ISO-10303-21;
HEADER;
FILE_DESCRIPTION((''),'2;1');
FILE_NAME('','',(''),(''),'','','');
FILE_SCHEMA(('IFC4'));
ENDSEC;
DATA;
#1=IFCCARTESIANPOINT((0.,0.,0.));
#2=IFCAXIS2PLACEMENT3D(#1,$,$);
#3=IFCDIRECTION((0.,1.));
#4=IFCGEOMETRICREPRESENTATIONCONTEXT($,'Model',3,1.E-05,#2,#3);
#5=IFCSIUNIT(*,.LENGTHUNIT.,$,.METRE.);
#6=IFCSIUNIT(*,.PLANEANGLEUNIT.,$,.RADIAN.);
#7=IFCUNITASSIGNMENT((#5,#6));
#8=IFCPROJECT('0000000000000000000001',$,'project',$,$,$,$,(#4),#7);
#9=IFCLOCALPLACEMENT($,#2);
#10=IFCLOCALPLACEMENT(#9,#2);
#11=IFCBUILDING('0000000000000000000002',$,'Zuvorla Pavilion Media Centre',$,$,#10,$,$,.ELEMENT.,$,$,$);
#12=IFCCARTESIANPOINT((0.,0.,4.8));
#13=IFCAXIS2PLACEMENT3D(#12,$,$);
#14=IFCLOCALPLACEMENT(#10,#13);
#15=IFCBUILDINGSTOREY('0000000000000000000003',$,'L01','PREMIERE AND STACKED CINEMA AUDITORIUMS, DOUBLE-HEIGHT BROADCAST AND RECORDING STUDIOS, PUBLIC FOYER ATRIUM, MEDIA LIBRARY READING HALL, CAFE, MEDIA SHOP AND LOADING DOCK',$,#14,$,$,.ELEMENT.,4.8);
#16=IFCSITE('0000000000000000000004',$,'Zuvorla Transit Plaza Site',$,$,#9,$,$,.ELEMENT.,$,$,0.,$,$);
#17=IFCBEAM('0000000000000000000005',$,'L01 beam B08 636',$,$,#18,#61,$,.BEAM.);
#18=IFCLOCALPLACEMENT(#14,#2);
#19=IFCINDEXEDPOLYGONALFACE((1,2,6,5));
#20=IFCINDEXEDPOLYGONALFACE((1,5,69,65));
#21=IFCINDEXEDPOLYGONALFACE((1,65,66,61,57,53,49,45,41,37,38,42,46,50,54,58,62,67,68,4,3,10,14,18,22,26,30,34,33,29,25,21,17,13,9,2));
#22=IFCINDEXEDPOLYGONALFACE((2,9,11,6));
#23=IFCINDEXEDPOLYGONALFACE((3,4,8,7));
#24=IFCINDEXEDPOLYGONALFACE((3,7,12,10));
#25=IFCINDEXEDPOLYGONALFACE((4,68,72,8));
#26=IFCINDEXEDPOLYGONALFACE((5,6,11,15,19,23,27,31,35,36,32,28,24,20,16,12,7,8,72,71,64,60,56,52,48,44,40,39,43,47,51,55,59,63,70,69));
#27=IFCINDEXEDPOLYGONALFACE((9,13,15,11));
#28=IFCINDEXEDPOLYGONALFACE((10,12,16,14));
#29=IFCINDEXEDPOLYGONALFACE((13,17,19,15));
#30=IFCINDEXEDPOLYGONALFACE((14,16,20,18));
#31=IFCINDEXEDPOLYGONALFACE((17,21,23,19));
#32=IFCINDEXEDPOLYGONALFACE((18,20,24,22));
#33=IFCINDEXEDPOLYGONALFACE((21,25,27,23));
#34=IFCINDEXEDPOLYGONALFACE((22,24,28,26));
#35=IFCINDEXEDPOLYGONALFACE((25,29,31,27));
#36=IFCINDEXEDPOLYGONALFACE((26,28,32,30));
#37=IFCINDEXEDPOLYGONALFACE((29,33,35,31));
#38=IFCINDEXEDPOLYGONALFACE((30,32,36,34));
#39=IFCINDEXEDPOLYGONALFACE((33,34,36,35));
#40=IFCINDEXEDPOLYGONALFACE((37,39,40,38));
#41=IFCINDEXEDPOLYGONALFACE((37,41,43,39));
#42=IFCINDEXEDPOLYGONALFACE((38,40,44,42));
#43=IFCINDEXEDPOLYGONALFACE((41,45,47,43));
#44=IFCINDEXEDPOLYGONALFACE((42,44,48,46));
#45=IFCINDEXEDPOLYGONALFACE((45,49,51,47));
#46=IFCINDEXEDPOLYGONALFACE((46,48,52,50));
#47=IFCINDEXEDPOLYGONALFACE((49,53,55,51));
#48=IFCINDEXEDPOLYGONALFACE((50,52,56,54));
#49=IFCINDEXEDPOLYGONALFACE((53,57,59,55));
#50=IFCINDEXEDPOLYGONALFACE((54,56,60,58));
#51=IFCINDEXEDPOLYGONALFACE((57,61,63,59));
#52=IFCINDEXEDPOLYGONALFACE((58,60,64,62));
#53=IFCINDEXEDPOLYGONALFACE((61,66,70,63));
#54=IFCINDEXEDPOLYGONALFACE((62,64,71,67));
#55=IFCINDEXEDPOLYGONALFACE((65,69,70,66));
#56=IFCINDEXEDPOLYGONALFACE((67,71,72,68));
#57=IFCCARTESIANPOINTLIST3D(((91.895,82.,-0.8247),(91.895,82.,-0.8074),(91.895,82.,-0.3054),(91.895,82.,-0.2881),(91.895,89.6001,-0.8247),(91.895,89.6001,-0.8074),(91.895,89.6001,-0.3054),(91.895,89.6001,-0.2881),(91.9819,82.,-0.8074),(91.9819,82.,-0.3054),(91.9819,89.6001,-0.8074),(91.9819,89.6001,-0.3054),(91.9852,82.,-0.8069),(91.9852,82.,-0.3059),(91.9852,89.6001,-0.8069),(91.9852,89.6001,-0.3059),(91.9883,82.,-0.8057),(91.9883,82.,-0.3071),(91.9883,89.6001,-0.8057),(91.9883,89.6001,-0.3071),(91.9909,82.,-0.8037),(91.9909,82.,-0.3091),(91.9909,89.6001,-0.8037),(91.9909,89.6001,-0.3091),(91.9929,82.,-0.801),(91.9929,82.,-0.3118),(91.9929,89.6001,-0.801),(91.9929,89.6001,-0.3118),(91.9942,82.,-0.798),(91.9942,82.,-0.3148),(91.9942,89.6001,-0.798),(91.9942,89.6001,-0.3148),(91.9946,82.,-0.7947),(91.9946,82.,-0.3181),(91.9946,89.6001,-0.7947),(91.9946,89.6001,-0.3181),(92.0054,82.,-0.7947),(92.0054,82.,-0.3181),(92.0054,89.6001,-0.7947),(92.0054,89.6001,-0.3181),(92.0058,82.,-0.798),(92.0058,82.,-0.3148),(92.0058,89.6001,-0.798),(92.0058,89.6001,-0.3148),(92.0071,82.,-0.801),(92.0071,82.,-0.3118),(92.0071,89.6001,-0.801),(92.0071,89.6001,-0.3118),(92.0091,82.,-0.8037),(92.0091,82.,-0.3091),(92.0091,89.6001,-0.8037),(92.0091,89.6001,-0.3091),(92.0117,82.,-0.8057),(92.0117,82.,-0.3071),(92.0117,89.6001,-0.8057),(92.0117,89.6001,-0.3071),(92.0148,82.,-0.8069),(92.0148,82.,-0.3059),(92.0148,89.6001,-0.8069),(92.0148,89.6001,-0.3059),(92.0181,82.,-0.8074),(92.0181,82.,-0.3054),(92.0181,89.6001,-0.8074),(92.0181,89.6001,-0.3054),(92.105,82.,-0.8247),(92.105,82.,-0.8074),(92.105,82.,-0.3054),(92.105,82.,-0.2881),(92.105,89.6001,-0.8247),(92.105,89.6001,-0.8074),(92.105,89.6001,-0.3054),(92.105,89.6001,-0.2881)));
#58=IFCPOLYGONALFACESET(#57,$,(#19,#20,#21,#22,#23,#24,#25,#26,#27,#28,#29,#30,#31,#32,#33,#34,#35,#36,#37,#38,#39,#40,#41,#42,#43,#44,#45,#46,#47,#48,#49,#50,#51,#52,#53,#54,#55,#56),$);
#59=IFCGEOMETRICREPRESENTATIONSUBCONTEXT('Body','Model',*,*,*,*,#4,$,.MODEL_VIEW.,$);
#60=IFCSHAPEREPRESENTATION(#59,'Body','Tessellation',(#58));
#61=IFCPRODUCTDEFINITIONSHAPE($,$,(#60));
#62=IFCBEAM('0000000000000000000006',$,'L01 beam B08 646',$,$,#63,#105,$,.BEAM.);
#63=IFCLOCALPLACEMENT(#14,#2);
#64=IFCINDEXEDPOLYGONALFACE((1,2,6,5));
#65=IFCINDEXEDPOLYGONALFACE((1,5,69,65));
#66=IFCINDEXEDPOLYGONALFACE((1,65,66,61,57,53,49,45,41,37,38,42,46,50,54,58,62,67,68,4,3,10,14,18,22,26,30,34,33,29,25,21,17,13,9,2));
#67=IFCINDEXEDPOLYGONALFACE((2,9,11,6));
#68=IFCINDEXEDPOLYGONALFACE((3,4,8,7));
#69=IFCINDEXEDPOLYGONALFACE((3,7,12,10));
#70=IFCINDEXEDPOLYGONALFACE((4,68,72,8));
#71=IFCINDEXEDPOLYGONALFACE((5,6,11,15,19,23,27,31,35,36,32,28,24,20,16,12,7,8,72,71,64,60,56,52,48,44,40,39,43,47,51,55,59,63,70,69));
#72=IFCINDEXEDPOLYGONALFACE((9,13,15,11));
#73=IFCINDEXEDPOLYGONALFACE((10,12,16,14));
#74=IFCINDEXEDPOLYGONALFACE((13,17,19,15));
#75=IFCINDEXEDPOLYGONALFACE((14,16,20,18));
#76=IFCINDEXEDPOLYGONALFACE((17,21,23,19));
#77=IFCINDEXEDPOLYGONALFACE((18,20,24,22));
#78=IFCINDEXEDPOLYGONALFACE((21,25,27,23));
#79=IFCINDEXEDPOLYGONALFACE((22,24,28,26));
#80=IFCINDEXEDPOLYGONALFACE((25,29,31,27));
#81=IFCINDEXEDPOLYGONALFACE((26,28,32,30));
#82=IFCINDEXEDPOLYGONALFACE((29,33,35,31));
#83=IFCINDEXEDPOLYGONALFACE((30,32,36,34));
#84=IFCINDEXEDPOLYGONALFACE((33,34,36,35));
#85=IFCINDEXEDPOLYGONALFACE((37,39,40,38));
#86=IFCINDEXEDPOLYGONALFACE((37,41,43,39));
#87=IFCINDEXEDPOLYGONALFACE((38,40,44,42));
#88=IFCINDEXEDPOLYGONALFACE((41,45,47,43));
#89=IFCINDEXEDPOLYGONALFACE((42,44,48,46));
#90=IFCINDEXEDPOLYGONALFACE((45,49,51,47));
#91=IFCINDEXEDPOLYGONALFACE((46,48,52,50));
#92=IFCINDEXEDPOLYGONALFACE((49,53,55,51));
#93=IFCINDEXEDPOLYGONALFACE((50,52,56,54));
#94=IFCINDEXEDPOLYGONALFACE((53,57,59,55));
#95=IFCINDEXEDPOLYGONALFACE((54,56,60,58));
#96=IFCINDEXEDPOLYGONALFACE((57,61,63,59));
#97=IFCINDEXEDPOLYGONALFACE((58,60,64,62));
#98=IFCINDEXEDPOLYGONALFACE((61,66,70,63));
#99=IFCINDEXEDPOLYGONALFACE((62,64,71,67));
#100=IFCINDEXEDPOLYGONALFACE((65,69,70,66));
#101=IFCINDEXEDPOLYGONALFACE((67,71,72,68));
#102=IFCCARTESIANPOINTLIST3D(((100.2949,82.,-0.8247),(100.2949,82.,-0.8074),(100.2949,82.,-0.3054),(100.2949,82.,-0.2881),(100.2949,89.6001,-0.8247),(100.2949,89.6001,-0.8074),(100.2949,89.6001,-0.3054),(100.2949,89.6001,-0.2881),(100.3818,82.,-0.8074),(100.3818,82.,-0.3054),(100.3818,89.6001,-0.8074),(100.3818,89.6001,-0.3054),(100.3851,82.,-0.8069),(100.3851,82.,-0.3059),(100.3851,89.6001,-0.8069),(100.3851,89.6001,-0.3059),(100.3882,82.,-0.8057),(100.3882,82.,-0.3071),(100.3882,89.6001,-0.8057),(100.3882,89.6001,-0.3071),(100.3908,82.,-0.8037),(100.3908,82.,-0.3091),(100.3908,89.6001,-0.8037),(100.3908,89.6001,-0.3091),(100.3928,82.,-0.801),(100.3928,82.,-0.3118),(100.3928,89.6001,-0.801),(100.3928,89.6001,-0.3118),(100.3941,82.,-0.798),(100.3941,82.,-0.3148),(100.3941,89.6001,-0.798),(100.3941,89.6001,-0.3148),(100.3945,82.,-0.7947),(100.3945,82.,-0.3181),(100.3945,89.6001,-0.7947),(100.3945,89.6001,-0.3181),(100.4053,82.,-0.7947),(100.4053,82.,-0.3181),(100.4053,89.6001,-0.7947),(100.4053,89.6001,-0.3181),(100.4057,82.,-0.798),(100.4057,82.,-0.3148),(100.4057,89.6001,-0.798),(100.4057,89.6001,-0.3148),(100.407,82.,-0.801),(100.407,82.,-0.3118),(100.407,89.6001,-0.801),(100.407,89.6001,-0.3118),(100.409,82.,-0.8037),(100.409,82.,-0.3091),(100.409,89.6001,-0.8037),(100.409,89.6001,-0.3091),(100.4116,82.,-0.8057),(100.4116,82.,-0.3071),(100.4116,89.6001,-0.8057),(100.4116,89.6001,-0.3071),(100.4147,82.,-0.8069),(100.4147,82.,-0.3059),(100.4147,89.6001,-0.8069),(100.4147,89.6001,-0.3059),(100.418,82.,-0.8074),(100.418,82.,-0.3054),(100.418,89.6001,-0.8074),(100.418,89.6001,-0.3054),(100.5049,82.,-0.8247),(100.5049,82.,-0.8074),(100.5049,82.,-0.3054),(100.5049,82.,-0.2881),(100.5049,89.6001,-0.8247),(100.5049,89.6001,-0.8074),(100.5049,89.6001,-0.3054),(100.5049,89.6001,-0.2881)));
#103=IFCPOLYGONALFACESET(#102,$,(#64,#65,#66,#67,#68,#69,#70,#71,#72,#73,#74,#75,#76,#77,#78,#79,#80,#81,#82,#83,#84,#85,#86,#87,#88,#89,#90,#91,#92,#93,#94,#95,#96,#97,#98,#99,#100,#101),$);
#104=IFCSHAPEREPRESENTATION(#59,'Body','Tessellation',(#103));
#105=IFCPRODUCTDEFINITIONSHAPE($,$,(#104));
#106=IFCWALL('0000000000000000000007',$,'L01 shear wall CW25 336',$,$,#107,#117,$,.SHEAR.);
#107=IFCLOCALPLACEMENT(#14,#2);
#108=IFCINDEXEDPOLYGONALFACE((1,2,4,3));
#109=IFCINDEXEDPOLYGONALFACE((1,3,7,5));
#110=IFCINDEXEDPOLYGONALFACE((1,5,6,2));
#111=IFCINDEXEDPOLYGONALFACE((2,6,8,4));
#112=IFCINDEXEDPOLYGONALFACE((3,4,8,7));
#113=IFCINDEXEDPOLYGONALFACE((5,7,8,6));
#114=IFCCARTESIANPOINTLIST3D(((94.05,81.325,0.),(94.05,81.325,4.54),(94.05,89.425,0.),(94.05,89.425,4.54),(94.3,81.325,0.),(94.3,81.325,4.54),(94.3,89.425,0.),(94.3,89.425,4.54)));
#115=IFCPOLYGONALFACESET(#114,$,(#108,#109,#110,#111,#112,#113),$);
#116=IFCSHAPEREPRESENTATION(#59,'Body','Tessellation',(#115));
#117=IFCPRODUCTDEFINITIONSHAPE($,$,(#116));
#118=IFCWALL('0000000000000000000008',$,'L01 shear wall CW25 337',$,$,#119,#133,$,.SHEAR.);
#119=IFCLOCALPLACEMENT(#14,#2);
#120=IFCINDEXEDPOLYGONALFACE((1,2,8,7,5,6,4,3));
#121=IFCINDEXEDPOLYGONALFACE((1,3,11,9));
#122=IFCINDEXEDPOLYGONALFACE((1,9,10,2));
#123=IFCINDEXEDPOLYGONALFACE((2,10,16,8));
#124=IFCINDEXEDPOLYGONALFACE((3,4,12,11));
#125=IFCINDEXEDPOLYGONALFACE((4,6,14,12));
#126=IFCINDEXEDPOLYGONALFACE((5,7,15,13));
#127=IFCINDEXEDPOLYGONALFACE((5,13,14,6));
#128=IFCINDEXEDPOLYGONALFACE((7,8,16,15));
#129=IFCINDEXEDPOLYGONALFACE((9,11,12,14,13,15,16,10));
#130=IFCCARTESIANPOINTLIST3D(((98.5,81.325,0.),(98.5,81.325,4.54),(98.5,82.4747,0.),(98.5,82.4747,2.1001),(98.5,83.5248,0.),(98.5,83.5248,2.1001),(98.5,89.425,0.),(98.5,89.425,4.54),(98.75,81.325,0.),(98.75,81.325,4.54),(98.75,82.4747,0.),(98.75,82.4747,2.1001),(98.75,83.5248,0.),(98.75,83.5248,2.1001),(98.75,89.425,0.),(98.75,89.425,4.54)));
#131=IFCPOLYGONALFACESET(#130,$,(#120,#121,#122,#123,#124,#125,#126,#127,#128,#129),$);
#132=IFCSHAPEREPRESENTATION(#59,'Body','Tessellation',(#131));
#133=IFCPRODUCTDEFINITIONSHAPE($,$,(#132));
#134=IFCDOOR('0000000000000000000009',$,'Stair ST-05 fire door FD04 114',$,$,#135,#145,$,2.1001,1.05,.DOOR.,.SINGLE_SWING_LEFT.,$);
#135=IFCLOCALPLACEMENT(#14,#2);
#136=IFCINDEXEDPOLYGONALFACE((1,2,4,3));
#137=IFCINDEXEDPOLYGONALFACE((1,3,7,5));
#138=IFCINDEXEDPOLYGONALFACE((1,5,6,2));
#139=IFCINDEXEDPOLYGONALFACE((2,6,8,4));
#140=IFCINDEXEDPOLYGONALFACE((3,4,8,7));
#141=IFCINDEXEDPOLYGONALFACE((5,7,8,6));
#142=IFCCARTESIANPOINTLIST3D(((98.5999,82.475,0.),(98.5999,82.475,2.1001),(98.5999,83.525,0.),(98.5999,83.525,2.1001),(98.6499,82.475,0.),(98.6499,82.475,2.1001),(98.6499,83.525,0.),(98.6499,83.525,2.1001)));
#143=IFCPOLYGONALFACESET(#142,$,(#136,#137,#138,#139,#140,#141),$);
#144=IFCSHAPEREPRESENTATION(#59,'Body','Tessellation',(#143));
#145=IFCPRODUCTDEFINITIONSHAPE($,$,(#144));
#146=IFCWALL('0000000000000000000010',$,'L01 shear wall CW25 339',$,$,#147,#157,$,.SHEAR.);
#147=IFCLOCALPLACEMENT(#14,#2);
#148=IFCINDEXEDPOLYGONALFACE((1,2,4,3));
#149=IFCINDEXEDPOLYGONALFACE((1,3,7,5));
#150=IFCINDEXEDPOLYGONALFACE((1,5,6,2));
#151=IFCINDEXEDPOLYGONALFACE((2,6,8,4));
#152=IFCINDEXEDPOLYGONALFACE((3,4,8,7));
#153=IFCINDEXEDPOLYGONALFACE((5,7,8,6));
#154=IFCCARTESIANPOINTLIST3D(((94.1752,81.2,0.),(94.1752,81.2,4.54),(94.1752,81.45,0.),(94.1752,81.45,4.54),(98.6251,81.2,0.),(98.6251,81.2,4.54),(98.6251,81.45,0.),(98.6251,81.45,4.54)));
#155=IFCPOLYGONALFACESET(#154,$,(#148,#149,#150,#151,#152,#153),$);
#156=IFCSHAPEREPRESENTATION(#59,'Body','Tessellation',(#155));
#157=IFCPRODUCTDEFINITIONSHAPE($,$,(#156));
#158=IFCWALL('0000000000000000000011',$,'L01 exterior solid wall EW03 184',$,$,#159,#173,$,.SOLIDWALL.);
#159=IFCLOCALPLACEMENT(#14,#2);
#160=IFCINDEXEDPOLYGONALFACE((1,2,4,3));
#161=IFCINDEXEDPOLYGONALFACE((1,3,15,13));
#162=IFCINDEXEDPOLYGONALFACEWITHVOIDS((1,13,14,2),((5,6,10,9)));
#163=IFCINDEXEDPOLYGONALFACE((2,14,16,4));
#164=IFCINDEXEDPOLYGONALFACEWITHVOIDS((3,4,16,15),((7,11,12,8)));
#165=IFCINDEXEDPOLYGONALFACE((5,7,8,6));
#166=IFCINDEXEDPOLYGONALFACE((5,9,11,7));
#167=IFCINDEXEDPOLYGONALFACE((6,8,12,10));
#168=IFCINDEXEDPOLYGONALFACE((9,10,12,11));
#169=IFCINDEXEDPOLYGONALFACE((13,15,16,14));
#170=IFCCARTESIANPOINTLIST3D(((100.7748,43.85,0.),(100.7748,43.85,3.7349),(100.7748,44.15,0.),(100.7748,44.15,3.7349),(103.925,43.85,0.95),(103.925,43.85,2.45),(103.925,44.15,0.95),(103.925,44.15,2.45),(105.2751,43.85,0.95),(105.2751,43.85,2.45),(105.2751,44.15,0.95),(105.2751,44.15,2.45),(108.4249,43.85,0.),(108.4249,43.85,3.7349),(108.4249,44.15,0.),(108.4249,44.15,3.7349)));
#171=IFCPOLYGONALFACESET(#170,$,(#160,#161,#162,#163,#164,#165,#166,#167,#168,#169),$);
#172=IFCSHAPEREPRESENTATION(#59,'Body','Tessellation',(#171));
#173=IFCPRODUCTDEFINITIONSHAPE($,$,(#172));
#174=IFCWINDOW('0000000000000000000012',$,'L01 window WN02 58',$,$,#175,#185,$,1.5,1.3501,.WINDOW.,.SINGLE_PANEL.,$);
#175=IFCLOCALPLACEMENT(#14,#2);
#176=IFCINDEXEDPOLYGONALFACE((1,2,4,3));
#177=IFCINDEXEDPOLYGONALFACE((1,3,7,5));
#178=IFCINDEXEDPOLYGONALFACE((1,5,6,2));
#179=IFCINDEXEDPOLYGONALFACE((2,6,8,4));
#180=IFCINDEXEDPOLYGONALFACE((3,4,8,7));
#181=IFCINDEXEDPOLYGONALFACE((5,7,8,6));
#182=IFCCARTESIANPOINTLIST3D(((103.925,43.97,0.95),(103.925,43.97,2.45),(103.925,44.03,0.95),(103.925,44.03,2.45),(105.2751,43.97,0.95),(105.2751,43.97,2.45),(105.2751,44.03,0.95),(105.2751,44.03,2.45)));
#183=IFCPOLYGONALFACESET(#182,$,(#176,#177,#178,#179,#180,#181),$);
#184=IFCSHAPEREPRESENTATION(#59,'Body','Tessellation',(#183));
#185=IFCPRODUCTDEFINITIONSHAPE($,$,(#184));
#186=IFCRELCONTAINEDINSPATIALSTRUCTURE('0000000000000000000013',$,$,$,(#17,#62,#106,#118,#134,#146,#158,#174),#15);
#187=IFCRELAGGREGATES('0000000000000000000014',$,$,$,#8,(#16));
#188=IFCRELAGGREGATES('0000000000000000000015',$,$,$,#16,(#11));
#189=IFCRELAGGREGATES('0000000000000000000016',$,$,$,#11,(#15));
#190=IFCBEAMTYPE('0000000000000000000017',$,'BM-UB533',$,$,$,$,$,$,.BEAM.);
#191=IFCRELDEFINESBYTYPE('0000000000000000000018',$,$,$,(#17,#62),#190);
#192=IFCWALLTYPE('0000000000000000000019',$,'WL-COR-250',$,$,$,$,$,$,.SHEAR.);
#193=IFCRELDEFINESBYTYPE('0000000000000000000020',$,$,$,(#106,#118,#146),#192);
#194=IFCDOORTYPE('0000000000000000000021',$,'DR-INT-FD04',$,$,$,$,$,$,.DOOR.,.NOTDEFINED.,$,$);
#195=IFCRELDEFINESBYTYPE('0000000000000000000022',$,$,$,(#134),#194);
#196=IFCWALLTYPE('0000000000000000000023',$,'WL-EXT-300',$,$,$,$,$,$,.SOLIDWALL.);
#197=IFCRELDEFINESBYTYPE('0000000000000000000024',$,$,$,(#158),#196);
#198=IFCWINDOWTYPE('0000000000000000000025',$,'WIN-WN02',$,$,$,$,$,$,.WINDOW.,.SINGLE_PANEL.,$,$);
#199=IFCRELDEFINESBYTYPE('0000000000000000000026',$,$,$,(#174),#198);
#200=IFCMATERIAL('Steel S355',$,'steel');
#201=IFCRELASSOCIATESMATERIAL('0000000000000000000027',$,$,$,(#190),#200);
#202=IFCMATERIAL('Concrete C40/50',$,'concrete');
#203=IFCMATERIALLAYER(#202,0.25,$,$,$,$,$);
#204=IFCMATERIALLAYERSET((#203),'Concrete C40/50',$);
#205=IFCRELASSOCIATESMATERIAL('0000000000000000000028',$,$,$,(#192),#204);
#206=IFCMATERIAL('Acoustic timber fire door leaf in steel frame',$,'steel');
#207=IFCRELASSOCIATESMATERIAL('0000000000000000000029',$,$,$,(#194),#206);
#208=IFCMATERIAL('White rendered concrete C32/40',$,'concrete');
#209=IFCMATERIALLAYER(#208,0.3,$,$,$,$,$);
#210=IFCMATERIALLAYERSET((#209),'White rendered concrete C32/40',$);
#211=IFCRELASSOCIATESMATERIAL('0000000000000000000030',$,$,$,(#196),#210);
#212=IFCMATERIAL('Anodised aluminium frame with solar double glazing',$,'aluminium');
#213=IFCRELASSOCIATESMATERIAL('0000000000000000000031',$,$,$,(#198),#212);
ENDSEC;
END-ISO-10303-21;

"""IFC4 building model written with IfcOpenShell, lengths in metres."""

from ifc_helpers import new_model, si_unit, direction, frame, frame_2d, origin, origin_2d, place, context, subcontext, project, spatial, rectangle, i_section, extrude, material, layer, layer_set, material_profile, profile_set, type_object, element, fill, save


model = new_model("IFC4")

# Units and contexts
model_context = context("Model", 3, precision=1e-05, world=origin(), true_north=direction((0.0, 1.0)))
body_context = subcontext(model_context, "Body", "Model", "MODEL_VIEW")
ifc_project = project(units=[si_unit("LENGTHUNIT", "METRE"), si_unit("PLANEANGLEUNIT", "RADIAN")], contexts=[model_context])

# Site, building, storey
site_placement = place(None, origin())
site = spatial("IfcSite", under=ifc_project, at=site_placement, Name="Zuvorla Transit Plaza Site", CompositionType="ELEMENT", RefElevation=0.0)
building_placement = place(site_placement, origin())
building = spatial("IfcBuilding", under=site, at=building_placement, Name="Zuvorla Pavilion Media Centre", CompositionType="ELEMENT")
storey_placement = place(building_placement, frame((0.0, 0.0, 4.8)))
storey = spatial("IfcBuildingStorey", under=building, at=storey_placement, Name="L01", Description="PREMIERE AND STACKED CINEMA AUDITORIUMS, DOUBLE-HEIGHT BROADCAST AND RECORDING STUDIOS, PUBLIC FOYER ATRIUM, MEDIA LIBRARY READING HALL, CAFE, MEDIA SHOP AND LOADING DOCK", CompositionType="ELEMENT", Elevation=4.8)

# Shared definitions
ifc_material_1 = material(Name="Concrete C40/50", Category="concrete")

# Beams
ifc_material_2 = material(Name="Steel S355", Category="steel")
ifc_material_profile_1 = material_profile(ifc_material_2, i_section(OverallWidth=0.21, OverallDepth=0.5366, WebThickness=0.0107, FlangeThickness=0.0173, FilletRadius=0.0127, at=origin_2d()), Name="UB 533x210x101")
ifc_profile_set_1 = profile_set([ifc_material_profile_1], Name="Steel S355")
beam_type_1 = type_object("IfcBeamType", Name="BM-UB533", PredefinedType="BEAM", material=ifc_profile_set_1)
for number, where, z_axis, x_axis, name in (
    (1, (92.0, 82.0, -0.5564), (0.0, 1.0, 0.0), (-1.0, 0.0, 0.0), "L01 beam B08 636"),
    (2, (100.3999, 82.0, -0.5564), (0.0, 1.0, 0.0), (-1.0, 0.0, 0.0), "L01 beam B08 646"),
):
    element("IfcBeam", number, at=place(storey_placement, frame(where, z_axis=z_axis, x_axis=x_axis)), inside=storey, type_object=beam_type_1, Name=name, PredefinedType="BEAM", context=body_context, shape_type="SweptSolid", body=[
        extrude(i_section(OverallWidth=0.21, OverallDepth=0.5366, WebThickness=0.0107, FlangeThickness=0.0173, FilletRadius=0.0127, at=origin_2d()), origin(), (0.0, 0.0, 1.0), 7.6001),
    ])

# Wall
ifc_layer_1 = layer(ifc_material_1, 0.25)
ifc_layer_set_1 = layer_set([ifc_layer_1], Name="Concrete C40/50")
wall_type_1 = type_object("IfcWallType", Name="WL-COR-250", PredefinedType="SHEAR", material=ifc_layer_set_1)
wall_1_placement = place(storey_placement, frame((94.175, 81.325, 0.0), z_axis=(0.0, 0.0, 1.0), x_axis=(0.0, 1.0, 0.0)))
element("IfcWall", 3, at=wall_1_placement, inside=storey, type_object=wall_type_1, Name="L01 shear wall CW25 336", PredefinedType="SHEAR", context=body_context, shape_type="SweptSolid", body=[
    extrude(rectangle(XDim=8.1001, YDim=0.25, at=frame_2d((4.05, 0.0))), origin(), (0.0, 0.0, 1.0), 4.54),
])

# Wall, opening, door
wall_2_placement = place(storey_placement, frame((98.625, 81.325, 0.0), z_axis=(0.0, 0.0, 1.0), x_axis=(0.0, 1.0, 0.0)))
wall_2 = element("IfcWall", 4, at=wall_2_placement, inside=storey, type_object=wall_type_1, Name="L01 shear wall CW25 337", PredefinedType="SHEAR", context=body_context, shape_type="SweptSolid", body=[
    extrude(rectangle(XDim=8.1001, YDim=0.25, at=frame_2d((4.05, 0.0))), origin(), (0.0, 0.0, 1.0), 4.54),
])
opening_1_placement = place(wall_2_placement, frame((1.1499, 0.0, 0.0)))
opening_1 = element("IfcOpeningElement", 5, at=opening_1_placement, cuts=wall_2, PredefinedType="OPENING", context=body_context, shape_type="SweptSolid", body=[
    extrude(rectangle(XDim=1.05, YDim=2.1001, at=frame_2d((0.5249, 1.05))), frame((0.0, 0.135, 0.0), z_axis=(0.0, -1.0, 0.0), x_axis=(1.0, 0.0, 0.0)), (0.0, 0.0, 1.0), 0.27),
])
ifc_material_3 = material(Name="Acoustic timber fire door leaf in steel frame", Category="steel")
door_type = type_object("IfcDoorType", Name="DR-INT-FD04", OperationType="NOTDEFINED", PredefinedType="DOOR", material=ifc_material_3)
door_placement = place(opening_1_placement, frame((1.05, 0.0, 0.0), z_axis=(0.0, 0.0, 1.0), x_axis=(-1.0, 0.0, 0.0)))
door = element("IfcDoor", 6, at=door_placement, inside=storey, type_object=door_type, Name="Stair ST-05 fire door FD04 114", OperationType="SINGLE_SWING_LEFT", OverallHeight=2.1001, OverallWidth=1.05, PredefinedType="DOOR", context=body_context, shape_type="SweptSolid", body=[
    extrude(rectangle(XDim=1.05, YDim=2.1001, at=frame_2d((0.5249, 1.05))), frame((0.0, 0.0249, 0.0), z_axis=(0.0, -1.0, 0.0), x_axis=(1.0, 0.0, 0.0)), (0.0, 0.0, 1.0), 0.05),
])
fill(opening_1, door)

# Wall
wall_3_placement = place(storey_placement, frame((94.175, 81.325, 0.0), z_axis=(0.0, 0.0, 1.0), x_axis=(1.0, 0.0, 0.0)))
element("IfcWall", 7, at=wall_3_placement, inside=storey, type_object=wall_type_1, Name="L01 shear wall CW25 339", PredefinedType="SHEAR", context=body_context, shape_type="SweptSolid", body=[
    extrude(rectangle(XDim=4.45, YDim=0.25, at=frame_2d((2.2251, 0.0))), origin(), (0.0, 0.0, 1.0), 4.54),
])

# Wall, opening, window
ifc_material_4 = material(Name="White rendered concrete C32/40", Category="concrete")
ifc_layer_2 = layer(ifc_material_4, 0.3)
ifc_layer_set_2 = layer_set([ifc_layer_2], Name="White rendered concrete C32/40")
wall_type_2 = type_object("IfcWallType", Name="WL-EXT-300", PredefinedType="SOLIDWALL", material=ifc_layer_set_2)
wall_4_placement = place(storey_placement, frame((108.425, 44.0, 0.0), z_axis=(0.0, 0.0, 1.0), x_axis=(-1.0, 0.0, 0.0)))
wall_4 = element("IfcWall", 8, at=wall_4_placement, inside=storey, type_object=wall_type_2, Name="L01 exterior solid wall EW03 184", PredefinedType="SOLIDWALL", context=body_context, shape_type="SweptSolid", body=[
    extrude(rectangle(XDim=7.6501, YDim=0.3, at=frame_2d((3.8252, 0.0))), origin(), (0.0, 0.0, 1.0), 3.7349),
])
opening_2_placement = place(wall_4_placement, frame((3.1499, 0.0, 0.95)))
opening_2 = element("IfcOpeningElement", 9, at=opening_2_placement, cuts=wall_4, PredefinedType="OPENING", context=body_context, shape_type="SweptSolid", body=[
    extrude(rectangle(XDim=1.3501, YDim=1.5, at=frame_2d((0.675, 0.75))), frame((0.0, 0.1599, 0.0), z_axis=(0.0, -1.0, 0.0), x_axis=(1.0, 0.0, 0.0)), (0.0, 0.0, 1.0), 0.3201),
])
ifc_material_5 = material(Name="Anodised aluminium frame with solar double glazing", Category="aluminium")
window_type_1 = type_object("IfcWindowType", Name="WIN-WN02", PartitioningType="SINGLE_PANEL", PredefinedType="WINDOW", material=ifc_material_5)
window_1_placement = place(opening_2_placement, origin())
window_1 = element("IfcWindow", 10, at=window_1_placement, inside=storey, type_object=window_type_1, Name="L01 window WN02 58", OverallHeight=1.5, OverallWidth=1.3501, PartitioningType="SINGLE_PANEL", PredefinedType="WINDOW", context=body_context, shape_type="SweptSolid", body=[
    extrude(rectangle(XDim=1.3501, YDim=1.5, at=frame_2d((0.675, 0.75))), frame((0.0, 0.03, 0.0), z_axis=(0.0, -1.0, 0.0), x_axis=(1.0, 0.0, 0.0)), (0.0, 0.0, 1.0), 0.0601),
])
fill(opening_2, window_1)

save(model, "model.ifc")
